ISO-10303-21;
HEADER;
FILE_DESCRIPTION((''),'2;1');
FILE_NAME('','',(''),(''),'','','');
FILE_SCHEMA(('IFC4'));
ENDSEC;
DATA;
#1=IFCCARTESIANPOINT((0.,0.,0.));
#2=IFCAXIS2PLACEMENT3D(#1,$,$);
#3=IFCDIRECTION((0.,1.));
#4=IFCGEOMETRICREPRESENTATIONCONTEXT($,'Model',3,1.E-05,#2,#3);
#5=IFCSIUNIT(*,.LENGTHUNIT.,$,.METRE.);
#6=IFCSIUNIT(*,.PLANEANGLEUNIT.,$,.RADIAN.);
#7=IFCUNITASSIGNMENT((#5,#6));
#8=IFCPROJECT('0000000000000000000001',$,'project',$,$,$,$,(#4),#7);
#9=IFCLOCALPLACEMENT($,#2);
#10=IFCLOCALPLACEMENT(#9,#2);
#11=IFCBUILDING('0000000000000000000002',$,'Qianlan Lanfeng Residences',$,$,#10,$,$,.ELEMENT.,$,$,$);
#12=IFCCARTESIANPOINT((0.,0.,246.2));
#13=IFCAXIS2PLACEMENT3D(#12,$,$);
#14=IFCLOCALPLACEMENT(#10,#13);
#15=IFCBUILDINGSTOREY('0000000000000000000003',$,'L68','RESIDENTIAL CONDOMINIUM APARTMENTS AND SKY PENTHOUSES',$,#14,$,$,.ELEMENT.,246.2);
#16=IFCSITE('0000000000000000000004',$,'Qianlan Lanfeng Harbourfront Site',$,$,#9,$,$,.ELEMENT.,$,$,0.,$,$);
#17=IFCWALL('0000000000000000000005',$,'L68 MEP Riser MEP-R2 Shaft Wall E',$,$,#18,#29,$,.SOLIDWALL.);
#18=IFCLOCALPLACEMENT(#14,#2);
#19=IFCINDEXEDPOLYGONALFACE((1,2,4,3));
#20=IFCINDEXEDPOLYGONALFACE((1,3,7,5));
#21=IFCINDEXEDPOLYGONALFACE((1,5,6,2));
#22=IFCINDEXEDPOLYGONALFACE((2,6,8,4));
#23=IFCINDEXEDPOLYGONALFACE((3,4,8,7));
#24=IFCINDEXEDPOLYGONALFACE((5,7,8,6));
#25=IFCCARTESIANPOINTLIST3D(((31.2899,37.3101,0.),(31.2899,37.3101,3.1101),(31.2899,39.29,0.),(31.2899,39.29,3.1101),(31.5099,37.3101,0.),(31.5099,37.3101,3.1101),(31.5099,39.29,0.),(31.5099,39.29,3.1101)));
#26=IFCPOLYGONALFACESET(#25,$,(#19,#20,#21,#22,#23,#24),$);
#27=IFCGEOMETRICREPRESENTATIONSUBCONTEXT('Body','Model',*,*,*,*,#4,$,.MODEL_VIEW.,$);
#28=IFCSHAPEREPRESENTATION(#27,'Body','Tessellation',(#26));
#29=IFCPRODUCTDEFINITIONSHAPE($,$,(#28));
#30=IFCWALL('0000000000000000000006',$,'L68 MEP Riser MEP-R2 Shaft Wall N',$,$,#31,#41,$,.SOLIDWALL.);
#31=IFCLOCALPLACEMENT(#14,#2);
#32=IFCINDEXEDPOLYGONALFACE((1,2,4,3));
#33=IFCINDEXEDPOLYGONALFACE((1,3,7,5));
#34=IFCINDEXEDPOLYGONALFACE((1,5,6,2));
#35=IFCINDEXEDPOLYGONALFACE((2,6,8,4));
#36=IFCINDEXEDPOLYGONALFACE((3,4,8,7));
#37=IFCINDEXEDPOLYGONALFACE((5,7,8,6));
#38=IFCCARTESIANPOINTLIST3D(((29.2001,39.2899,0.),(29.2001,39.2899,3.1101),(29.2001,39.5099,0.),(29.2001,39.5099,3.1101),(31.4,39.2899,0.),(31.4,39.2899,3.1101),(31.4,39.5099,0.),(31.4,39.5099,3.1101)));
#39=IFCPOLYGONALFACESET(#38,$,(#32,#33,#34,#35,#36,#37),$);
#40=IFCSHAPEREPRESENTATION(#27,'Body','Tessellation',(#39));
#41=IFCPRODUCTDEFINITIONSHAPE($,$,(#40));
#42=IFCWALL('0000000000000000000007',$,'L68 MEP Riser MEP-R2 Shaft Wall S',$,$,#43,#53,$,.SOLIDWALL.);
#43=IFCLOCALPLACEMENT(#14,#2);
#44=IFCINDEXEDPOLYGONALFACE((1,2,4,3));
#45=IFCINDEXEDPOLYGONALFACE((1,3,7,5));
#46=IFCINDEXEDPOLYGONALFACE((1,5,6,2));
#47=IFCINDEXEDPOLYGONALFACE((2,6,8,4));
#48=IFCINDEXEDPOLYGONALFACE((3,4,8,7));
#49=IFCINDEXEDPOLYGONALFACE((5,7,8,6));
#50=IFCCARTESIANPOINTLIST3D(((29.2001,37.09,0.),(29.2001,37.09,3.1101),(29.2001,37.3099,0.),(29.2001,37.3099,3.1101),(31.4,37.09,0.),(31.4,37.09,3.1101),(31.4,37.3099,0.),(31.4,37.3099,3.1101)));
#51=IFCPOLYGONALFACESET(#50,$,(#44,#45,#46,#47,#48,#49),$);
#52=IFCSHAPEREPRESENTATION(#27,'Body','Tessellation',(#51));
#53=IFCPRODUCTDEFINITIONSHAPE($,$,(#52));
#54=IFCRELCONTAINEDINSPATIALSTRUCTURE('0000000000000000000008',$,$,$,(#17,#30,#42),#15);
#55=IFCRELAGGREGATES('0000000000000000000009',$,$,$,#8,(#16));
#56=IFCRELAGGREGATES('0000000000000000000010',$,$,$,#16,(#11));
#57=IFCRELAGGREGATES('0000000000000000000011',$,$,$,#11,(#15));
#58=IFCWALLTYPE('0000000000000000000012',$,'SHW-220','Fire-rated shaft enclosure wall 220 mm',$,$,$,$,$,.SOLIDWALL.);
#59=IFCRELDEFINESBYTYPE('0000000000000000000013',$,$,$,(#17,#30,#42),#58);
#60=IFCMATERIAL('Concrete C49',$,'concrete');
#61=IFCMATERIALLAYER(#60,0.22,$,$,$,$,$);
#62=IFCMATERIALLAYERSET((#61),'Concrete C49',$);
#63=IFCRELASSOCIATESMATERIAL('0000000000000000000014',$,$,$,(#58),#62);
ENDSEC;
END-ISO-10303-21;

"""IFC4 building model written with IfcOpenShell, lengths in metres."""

from ifc_helpers import new_model, si_unit, direction, frame, frame_2d, origin, place, context, subcontext, project, spatial, rectangle, extrude, material, layer, layer_set, type_object, element, save


model = new_model("IFC4")

# Units and contexts
model_context = context("Model", 3, precision=1e-05, world=origin(), true_north=direction((0.0, 1.0)))
body_context = subcontext(model_context, "Body", "Model", "MODEL_VIEW")
ifc_project = project(units=[si_unit("LENGTHUNIT", "METRE"), si_unit("PLANEANGLEUNIT", "RADIAN")], contexts=[model_context])

# Site, building, storey
site_placement = place(None, origin())
site = spatial("IfcSite", under=ifc_project, at=site_placement, Name="Qianlan Lanfeng Harbourfront Site", CompositionType="ELEMENT", RefElevation=0.0)
building_placement = place(site_placement, origin())
building = spatial("IfcBuilding", under=site, at=building_placement, Name="Qianlan Lanfeng Residences", CompositionType="ELEMENT")
storey_placement = place(building_placement, frame((0.0, 0.0, 246.2)))
storey = spatial("IfcBuildingStorey", under=building, at=storey_placement, Name="L68", Description="RESIDENTIAL CONDOMINIUM APARTMENTS AND SKY PENTHOUSES", CompositionType="ELEMENT", Elevation=246.2)

# Walls
ifc_material_1 = material(Name="Concrete C49", Category="concrete")
ifc_layer_1 = layer(ifc_material_1, 0.22)
ifc_layer_set_1 = layer_set([ifc_layer_1], Name="Concrete C49")
wall_type_1 = type_object("IfcWallType", Name="SHW-220", Description="Fire-rated shaft enclosure wall 220 mm", PredefinedType="SOLIDWALL", material=ifc_layer_set_1)
for number, where, z_axis, x_axis, name in (
    (1, (31.3999, 37.3101, 0.0), (0.0, 0.0, 1.0), (0.0, 1.0, 0.0), "L68 MEP Riser MEP-R2 Shaft Wall E"),
):
    element("IfcWall", number, at=place(storey_placement, frame(where, z_axis=z_axis, x_axis=x_axis)), inside=storey, type_object=wall_type_1, Name=name, PredefinedType="SOLIDWALL", context=body_context, shape_type="SweptSolid", body=[
        extrude(rectangle(XDim=1.98, YDim=0.22, at=frame_2d((0.99, 0.0))), origin(), (0.0, 0.0, 1.0), 3.1101),
    ])
for number, where, z_axis, x_axis, name in (
    (2, (29.2, 39.3999, 0.0), (0.0, 0.0, 1.0), (1.0, 0.0, 0.0), "L68 MEP Riser MEP-R2 Shaft Wall N"),
    (3, (29.2, 37.2, 0.0), (0.0, 0.0, 1.0), (1.0, 0.0, 0.0), "L68 MEP Riser MEP-R2 Shaft Wall S"),
):
    element("IfcWall", number, at=place(storey_placement, frame(where, z_axis=z_axis, x_axis=x_axis)), inside=storey, type_object=wall_type_1, Name=name, PredefinedType="SOLIDWALL", context=body_context, shape_type="SweptSolid", body=[
        extrude(rectangle(XDim=2.2, YDim=0.22, at=frame_2d((1.1001, 0.0))), origin(), (0.0, 0.0, 1.0), 3.1101),
    ])

save(model, "model.ifc")
